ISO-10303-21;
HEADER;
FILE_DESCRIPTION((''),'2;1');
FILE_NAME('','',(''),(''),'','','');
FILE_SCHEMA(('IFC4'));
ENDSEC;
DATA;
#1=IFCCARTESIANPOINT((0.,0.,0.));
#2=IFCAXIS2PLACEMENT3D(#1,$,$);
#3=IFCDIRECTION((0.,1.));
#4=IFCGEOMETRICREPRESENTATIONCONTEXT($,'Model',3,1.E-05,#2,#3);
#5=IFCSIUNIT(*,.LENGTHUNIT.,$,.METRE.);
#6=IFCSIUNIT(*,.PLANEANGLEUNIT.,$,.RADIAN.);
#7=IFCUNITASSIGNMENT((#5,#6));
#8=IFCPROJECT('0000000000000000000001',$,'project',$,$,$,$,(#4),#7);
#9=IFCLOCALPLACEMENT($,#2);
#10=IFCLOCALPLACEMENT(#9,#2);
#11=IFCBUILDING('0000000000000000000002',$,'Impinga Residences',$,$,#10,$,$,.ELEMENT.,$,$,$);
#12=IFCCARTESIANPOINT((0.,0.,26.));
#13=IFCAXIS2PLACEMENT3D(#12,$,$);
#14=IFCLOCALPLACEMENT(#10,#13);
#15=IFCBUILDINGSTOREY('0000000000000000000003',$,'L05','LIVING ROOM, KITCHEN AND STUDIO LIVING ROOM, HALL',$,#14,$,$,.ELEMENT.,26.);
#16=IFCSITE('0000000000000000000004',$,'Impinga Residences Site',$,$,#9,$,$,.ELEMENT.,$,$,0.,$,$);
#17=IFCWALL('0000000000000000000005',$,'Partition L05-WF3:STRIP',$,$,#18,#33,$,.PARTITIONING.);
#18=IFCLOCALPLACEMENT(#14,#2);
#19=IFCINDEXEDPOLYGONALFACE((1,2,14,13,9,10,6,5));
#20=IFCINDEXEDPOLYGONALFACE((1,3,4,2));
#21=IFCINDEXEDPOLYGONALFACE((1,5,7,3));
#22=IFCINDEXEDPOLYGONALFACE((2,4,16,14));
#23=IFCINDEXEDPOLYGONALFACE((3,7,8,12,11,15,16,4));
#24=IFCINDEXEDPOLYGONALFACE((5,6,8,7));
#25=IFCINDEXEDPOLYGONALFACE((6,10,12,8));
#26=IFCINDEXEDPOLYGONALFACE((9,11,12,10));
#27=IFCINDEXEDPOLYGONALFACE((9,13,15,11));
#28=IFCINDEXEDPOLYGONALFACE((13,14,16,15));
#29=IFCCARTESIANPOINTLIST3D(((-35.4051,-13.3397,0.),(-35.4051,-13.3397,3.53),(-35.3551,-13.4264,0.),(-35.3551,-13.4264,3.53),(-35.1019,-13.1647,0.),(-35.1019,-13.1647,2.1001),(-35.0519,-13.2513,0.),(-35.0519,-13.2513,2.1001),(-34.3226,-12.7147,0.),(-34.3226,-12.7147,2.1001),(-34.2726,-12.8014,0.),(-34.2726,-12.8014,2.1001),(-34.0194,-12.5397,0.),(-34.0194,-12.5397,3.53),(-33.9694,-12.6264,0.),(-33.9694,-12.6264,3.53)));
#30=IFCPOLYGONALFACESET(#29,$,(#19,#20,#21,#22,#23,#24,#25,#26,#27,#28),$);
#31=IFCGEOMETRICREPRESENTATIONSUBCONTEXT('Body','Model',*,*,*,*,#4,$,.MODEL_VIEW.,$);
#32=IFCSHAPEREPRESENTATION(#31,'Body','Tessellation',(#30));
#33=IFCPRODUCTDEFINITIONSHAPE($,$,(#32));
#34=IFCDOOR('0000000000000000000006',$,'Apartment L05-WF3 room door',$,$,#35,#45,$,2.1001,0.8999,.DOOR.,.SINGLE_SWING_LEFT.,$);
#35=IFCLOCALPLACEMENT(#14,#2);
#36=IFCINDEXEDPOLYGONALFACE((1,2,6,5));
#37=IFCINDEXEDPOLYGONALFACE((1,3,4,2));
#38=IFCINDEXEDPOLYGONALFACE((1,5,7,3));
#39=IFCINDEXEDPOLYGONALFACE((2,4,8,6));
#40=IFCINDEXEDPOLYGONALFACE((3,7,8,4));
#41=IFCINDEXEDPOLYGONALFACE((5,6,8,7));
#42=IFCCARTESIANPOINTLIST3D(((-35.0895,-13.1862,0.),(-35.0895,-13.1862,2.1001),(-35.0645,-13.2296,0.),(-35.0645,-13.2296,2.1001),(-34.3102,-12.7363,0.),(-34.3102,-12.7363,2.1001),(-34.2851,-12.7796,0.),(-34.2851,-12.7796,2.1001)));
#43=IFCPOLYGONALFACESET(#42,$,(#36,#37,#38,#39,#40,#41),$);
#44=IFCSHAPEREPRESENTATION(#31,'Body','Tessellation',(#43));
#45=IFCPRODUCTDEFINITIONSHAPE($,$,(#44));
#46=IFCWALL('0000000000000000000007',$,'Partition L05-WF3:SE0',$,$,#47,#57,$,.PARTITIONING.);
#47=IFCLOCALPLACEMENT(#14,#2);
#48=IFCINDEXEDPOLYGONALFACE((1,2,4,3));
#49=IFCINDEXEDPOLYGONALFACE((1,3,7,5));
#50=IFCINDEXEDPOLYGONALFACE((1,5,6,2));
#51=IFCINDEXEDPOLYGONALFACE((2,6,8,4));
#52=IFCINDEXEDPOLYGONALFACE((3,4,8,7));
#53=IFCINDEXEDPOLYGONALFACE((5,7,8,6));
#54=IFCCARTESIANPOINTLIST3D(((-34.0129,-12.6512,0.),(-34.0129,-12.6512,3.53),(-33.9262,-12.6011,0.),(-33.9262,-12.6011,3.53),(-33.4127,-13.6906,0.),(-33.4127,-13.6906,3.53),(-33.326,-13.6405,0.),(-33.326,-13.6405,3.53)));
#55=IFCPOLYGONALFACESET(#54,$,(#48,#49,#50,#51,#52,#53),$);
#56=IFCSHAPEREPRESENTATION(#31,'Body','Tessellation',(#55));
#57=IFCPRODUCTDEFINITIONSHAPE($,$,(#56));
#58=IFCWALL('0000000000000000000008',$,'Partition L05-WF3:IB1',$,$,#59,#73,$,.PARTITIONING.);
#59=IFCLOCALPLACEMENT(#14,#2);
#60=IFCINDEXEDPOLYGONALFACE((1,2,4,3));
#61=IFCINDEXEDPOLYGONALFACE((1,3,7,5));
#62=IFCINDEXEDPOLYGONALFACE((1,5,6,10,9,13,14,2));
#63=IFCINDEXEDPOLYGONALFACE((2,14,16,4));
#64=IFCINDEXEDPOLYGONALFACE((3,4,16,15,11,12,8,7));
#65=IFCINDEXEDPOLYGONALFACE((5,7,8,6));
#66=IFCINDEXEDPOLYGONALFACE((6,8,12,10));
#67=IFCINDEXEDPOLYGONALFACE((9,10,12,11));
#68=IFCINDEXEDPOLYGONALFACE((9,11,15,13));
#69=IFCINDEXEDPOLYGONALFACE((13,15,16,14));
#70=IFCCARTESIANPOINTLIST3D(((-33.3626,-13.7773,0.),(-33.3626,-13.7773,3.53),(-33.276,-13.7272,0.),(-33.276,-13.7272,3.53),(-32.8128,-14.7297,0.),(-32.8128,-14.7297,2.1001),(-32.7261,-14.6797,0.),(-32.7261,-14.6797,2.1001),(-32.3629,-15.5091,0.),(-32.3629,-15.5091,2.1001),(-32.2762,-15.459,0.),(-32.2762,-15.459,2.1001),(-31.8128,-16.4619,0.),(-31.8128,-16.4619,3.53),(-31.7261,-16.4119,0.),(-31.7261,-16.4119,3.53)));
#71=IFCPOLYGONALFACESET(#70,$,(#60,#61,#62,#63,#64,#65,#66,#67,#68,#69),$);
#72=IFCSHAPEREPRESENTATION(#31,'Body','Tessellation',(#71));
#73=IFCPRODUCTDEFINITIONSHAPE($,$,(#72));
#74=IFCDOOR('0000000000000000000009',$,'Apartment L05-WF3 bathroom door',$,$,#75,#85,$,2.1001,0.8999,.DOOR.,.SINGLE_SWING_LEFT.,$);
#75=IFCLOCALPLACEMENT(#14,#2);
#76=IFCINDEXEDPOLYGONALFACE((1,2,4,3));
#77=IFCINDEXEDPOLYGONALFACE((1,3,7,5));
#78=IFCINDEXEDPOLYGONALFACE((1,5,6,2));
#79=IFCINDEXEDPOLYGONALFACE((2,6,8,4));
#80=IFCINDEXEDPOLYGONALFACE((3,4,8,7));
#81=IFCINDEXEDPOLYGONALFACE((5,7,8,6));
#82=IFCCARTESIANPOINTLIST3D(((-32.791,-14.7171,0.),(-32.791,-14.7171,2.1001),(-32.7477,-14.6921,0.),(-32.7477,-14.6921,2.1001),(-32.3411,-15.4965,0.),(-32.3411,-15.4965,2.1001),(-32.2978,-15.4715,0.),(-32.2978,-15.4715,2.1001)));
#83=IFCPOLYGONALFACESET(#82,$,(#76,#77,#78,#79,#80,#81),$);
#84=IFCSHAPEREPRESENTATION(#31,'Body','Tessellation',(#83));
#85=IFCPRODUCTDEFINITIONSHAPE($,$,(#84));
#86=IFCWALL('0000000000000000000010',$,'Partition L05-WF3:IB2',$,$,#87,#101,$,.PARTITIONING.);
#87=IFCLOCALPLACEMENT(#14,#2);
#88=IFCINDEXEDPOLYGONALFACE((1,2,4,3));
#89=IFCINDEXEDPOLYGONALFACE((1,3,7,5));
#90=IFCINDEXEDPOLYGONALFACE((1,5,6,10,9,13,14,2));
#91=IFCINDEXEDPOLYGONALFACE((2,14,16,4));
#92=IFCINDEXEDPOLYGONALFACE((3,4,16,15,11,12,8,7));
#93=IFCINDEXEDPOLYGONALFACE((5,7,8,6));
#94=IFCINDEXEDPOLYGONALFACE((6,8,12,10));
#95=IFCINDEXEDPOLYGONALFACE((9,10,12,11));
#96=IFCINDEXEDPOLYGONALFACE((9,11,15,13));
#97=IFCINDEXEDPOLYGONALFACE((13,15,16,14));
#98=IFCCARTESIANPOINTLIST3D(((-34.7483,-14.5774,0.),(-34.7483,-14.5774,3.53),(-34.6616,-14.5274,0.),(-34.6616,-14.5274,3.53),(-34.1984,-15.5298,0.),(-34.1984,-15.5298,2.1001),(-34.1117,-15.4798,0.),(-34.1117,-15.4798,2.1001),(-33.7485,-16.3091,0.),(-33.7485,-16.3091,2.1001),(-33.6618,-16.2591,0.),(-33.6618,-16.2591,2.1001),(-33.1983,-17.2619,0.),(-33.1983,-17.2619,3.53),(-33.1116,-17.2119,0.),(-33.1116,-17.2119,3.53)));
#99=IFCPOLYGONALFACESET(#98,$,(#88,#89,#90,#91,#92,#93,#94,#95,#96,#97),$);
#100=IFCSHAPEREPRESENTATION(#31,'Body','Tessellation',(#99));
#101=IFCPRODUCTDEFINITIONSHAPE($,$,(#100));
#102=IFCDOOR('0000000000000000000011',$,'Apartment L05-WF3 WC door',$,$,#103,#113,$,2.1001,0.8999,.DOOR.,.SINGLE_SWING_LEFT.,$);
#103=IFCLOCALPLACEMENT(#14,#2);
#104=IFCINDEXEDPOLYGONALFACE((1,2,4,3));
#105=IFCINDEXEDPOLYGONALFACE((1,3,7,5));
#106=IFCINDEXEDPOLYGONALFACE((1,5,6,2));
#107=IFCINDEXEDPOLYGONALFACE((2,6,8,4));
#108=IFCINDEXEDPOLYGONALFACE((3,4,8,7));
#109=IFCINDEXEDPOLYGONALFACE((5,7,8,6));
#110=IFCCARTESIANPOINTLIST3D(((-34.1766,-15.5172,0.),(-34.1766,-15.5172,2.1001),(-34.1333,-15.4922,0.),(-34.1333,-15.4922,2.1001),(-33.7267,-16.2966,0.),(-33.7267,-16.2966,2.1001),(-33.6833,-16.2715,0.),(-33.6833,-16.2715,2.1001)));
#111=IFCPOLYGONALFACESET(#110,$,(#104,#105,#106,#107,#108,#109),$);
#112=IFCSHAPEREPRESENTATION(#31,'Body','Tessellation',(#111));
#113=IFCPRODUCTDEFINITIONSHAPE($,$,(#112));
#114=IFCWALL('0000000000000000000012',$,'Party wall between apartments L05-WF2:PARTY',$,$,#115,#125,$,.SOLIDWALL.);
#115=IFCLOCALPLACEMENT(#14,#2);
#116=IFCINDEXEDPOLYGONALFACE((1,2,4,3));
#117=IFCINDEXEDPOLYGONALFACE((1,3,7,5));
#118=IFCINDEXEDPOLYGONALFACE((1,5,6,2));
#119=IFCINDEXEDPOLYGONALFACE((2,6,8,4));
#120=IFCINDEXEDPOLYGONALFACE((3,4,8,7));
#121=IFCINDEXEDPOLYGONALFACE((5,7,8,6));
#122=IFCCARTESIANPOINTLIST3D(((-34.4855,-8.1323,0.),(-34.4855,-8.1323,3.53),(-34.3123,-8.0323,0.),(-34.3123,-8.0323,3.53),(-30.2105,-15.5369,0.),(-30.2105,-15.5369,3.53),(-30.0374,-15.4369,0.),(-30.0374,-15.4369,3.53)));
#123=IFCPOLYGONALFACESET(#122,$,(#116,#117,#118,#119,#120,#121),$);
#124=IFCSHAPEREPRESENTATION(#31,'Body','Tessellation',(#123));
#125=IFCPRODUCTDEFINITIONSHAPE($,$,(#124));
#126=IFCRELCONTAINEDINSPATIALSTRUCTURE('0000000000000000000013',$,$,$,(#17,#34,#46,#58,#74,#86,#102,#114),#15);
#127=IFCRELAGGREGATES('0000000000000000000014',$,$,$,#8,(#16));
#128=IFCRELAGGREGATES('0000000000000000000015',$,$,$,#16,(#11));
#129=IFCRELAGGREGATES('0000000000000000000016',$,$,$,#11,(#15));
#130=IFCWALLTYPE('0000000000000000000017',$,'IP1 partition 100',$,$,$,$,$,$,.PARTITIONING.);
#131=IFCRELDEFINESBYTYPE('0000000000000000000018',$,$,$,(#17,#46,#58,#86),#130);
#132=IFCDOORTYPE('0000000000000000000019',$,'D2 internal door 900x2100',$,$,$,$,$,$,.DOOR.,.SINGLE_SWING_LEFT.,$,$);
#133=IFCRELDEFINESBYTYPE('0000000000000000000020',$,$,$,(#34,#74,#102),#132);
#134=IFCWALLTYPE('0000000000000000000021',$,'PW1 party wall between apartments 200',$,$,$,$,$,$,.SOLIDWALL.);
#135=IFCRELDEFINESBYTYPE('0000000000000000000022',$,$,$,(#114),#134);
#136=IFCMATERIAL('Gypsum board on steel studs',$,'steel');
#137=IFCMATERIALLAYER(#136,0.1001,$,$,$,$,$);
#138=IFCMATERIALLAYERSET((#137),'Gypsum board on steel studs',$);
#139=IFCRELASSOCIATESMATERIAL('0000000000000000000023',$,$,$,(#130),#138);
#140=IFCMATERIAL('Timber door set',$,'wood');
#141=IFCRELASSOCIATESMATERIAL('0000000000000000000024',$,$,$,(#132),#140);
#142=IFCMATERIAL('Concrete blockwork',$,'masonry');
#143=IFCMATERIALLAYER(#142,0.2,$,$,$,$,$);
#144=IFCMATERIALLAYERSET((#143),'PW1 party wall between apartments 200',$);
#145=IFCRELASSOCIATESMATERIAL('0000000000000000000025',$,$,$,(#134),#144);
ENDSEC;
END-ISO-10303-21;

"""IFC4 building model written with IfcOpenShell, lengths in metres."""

from ifc_helpers import new_model, si_unit, direction, frame, frame_2d, origin, place, context, subcontext, project, spatial, rectangle, extrude, material, layer, layer_set, type_object, element, fill, save


model = new_model("IFC4")

# Units and contexts
model_context = context("Model", 3, precision=1e-05, world=origin(), true_north=direction((0.0, 1.0)))
body_context = subcontext(model_context, "Body", "Model", "MODEL_VIEW")
ifc_project = project(units=[si_unit("LENGTHUNIT", "METRE"), si_unit("PLANEANGLEUNIT", "RADIAN")], contexts=[model_context])

# Site, building, storey
site_placement = place(None, origin())
site = spatial("IfcSite", under=ifc_project, at=site_placement, Name="Impinga Residences Site", CompositionType="ELEMENT", RefElevation=0.0)
building_placement = place(site_placement, origin())
building = spatial("IfcBuilding", under=site, at=building_placement, Name="Impinga Residences", CompositionType="ELEMENT")
storey_placement = place(building_placement, frame((0.0, 0.0, 26.0)))
storey = spatial("IfcBuildingStorey", under=building, at=storey_placement, Name="L05", Description="LIVING ROOM, KITCHEN AND STUDIO LIVING ROOM, HALL", CompositionType="ELEMENT", Elevation=26.0)

# Shared definitions
ifc_material_1 = material(Name="Gypsum board on steel studs", Category="steel")
ifc_layer_1 = layer(ifc_material_1, 0.1001)
ifc_layer_set_1 = layer_set([ifc_layer_1], Name="Gypsum board on steel studs")
wall_type_1 = type_object("IfcWallType", Name="IP1 partition 100", PredefinedType="PARTITIONING", material=ifc_layer_set_1)

# Shared definitions
ifc_material_2 = material(Name="Timber door set", Category="wood")
door_type = type_object("IfcDoorType", Name="D2 internal door 900x2100", OperationType="SINGLE_SWING_LEFT", PredefinedType="DOOR", material=ifc_material_2)

# Wall, opening, door
wall_1_placement = place(storey_placement, frame((-33.9944, -12.583, 0.0), z_axis=(0.0, 0.0, 1.0), x_axis=(-0.866028, -0.499995, 0.0)))
wall_1 = element("IfcWall", 1, at=wall_1_placement, inside=storey, type_object=wall_type_1, Name="Partition L05-WF3:STRIP", PredefinedType="PARTITIONING", context=body_context, shape_type="SweptSolid", body=[
    extrude(rectangle(XDim=1.6001, YDim=0.1001, at=frame_2d((0.8, 0.0))), origin(), (0.0, 0.0, 1.0), 3.53),
])
opening_1_placement = place(wall_1_placement, frame((0.3501, 0.0, 0.0)))
opening_1 = element("IfcOpeningElement", 2, at=opening_1_placement, cuts=wall_1, PredefinedType="OPENING", context=body_context, shape_type="SweptSolid", body=[
    extrude(rectangle(XDim=0.8999, YDim=2.1001, at=frame_2d((0.45, 1.05))), frame((0.0, 0.0601, 0.0), z_axis=(0.0, -1.0, 0.0), x_axis=(1.0, 0.0, 0.0)), (0.0, 0.0, 1.0), 0.1201),
])
door_1_placement = place(opening_1_placement, origin())
door_1 = element("IfcDoor", 3, at=door_1_placement, inside=storey, type_object=door_type, Name="Apartment L05-WF3 room door", OperationType="SINGLE_SWING_LEFT", OverallHeight=2.1001, OverallWidth=0.8999, PredefinedType="DOOR", context=body_context, shape_type="SweptSolid", body=[
    extrude(rectangle(XDim=0.8999, YDim=2.1001, at=frame_2d((0.45, 1.05))), frame((0.0, 0.0249, 0.0), z_axis=(0.0, -1.0, 0.0), x_axis=(1.0, 0.0, 0.0)), (0.0, 0.0, 1.0), 0.05),
])
fill(opening_1, door_1)

# Wall
wall_2_placement = place(storey_placement, frame((-33.3694, -13.6655, 0.0), z_axis=(0.0, 0.0, 1.0), x_axis=(-0.500034, 0.866006, 0.0)))
element("IfcWall", 4, at=wall_2_placement, inside=storey, type_object=wall_type_1, Name="Partition L05-WF3:SE0", PredefinedType="PARTITIONING", context=body_context, shape_type="SweptSolid", body=[
    extrude(rectangle(XDim=1.2002, YDim=0.1001, at=frame_2d((0.6001, 0.0))), origin(), (0.0, 0.0, 1.0), 3.53),
])

# Walls, openings, doors
wall_3_placement = place(storey_placement, frame((-31.7695, -16.4368, 0.0), z_axis=(0.0, 0.0, 1.0), x_axis=(-0.499968, 0.866044, 0.0)))
wall_3 = element("IfcWall", 5, at=wall_3_placement, inside=storey, type_object=wall_type_1, Name="Partition L05-WF3:IB1", PredefinedType="PARTITIONING", context=body_context, shape_type="SweptSolid", body=[
    extrude(rectangle(XDim=3.0999, YDim=0.1001, at=frame_2d((1.5498, 0.0))), origin(), (0.0, 0.0, 1.0), 3.53),
])
opening_2_placement = place(wall_3_placement, frame((1.1001, 0.0, 0.0)))
opening_2 = element("IfcOpeningElement", 6, at=opening_2_placement, cuts=wall_3, PredefinedType="OPENING", context=body_context, shape_type="SweptSolid", body=[
    extrude(rectangle(XDim=0.8999, YDim=2.1001, at=frame_2d((0.45, 1.05))), frame((0.0, 0.0601, 0.0), z_axis=(0.0, -1.0, 0.0), x_axis=(1.0, 0.0, 0.0)), (0.0, 0.0, 1.0), 0.1201),
])
door_2_placement = place(opening_2_placement, origin())
door_2 = element("IfcDoor", 7, at=door_2_placement, inside=storey, type_object=door_type, Name="Apartment L05-WF3 bathroom door", OperationType="SINGLE_SWING_LEFT", OverallHeight=2.1001, OverallWidth=0.8999, PredefinedType="DOOR", context=body_context, shape_type="SweptSolid", body=[
    extrude(rectangle(XDim=0.8999, YDim=2.1001, at=frame_2d((0.45, 1.05))), frame((0.0, 0.0249, 0.0), z_axis=(0.0, -1.0, 0.0), x_axis=(1.0, 0.0, 0.0)), (0.0, 0.0, 1.0), 0.05),
])
fill(opening_2, door_2)
wall_4_placement = place(storey_placement, frame((-33.155, -17.2368, 0.0), z_axis=(0.0, 0.0, 1.0), x_axis=(-0.500027, 0.86601, 0.0)))
wall_4 = element("IfcWall", 8, at=wall_4_placement, inside=storey, type_object=wall_type_1, Name="Partition L05-WF3:IB2", PredefinedType="PARTITIONING", context=body_context, shape_type="SweptSolid", body=[
    extrude(rectangle(XDim=3.0999, YDim=0.1001, at=frame_2d((1.5498, 0.0))), origin(), (0.0, 0.0, 1.0), 3.53),
])
opening_3_placement = place(wall_4_placement, frame((1.1001, 0.0, 0.0)))
opening_3 = element("IfcOpeningElement", 9, at=opening_3_placement, cuts=wall_4, PredefinedType="OPENING", context=body_context, shape_type="SweptSolid", body=[
    extrude(rectangle(XDim=0.8999, YDim=2.1001, at=frame_2d((0.45, 1.05))), frame((0.0, 0.0601, 0.0), z_axis=(0.0, -1.0, 0.0), x_axis=(1.0, 0.0, 0.0)), (0.0, 0.0, 1.0), 0.1201),
])
door_3_placement = place(opening_3_placement, origin())
door_3 = element("IfcDoor", 10, at=door_3_placement, inside=storey, type_object=door_type, Name="Apartment L05-WF3 WC door", OperationType="SINGLE_SWING_LEFT", OverallHeight=2.1001, OverallWidth=0.8999, PredefinedType="DOOR", context=body_context, shape_type="SweptSolid", body=[
    extrude(rectangle(XDim=0.8999, YDim=2.1001, at=frame_2d((0.45, 1.05))), frame((0.0, 0.0249, 0.0), z_axis=(0.0, -1.0, 0.0), x_axis=(1.0, 0.0, 0.0)), (0.0, 0.0, 1.0), 0.05),
])
fill(opening_3, door_3)

# Wall
ifc_material_3 = material(Name="Concrete blockwork", Category="masonry")
ifc_layer_2 = layer(ifc_material_3, 0.2)
ifc_layer_set_2 = layer_set([ifc_layer_2], Name="PW1 party wall between apartments 200")
wall_type_2 = type_object("IfcWallType", Name="PW1 party wall between apartments 200", PredefinedType="SOLIDWALL", material=ifc_layer_set_2)
wall_5_placement = place(storey_placement, frame((-30.124, -15.4868, 0.0), z_axis=(0.0, 0.0, 1.0), x_axis=(-0.49999, 0.866031, 0.0)))
element("IfcWall", 11, at=wall_5_placement, inside=storey, type_object=wall_type_2, Name="Party wall between apartments L05-WF2:PARTY", PredefinedType="SOLIDWALL", context=body_context, shape_type="SweptSolid", body=[
    extrude(rectangle(XDim=8.55, YDim=0.2, at=frame_2d((4.2749, 0.0))), origin(), (0.0, 0.0, 1.0), 3.53),
])

save(model, "model.ifc")
